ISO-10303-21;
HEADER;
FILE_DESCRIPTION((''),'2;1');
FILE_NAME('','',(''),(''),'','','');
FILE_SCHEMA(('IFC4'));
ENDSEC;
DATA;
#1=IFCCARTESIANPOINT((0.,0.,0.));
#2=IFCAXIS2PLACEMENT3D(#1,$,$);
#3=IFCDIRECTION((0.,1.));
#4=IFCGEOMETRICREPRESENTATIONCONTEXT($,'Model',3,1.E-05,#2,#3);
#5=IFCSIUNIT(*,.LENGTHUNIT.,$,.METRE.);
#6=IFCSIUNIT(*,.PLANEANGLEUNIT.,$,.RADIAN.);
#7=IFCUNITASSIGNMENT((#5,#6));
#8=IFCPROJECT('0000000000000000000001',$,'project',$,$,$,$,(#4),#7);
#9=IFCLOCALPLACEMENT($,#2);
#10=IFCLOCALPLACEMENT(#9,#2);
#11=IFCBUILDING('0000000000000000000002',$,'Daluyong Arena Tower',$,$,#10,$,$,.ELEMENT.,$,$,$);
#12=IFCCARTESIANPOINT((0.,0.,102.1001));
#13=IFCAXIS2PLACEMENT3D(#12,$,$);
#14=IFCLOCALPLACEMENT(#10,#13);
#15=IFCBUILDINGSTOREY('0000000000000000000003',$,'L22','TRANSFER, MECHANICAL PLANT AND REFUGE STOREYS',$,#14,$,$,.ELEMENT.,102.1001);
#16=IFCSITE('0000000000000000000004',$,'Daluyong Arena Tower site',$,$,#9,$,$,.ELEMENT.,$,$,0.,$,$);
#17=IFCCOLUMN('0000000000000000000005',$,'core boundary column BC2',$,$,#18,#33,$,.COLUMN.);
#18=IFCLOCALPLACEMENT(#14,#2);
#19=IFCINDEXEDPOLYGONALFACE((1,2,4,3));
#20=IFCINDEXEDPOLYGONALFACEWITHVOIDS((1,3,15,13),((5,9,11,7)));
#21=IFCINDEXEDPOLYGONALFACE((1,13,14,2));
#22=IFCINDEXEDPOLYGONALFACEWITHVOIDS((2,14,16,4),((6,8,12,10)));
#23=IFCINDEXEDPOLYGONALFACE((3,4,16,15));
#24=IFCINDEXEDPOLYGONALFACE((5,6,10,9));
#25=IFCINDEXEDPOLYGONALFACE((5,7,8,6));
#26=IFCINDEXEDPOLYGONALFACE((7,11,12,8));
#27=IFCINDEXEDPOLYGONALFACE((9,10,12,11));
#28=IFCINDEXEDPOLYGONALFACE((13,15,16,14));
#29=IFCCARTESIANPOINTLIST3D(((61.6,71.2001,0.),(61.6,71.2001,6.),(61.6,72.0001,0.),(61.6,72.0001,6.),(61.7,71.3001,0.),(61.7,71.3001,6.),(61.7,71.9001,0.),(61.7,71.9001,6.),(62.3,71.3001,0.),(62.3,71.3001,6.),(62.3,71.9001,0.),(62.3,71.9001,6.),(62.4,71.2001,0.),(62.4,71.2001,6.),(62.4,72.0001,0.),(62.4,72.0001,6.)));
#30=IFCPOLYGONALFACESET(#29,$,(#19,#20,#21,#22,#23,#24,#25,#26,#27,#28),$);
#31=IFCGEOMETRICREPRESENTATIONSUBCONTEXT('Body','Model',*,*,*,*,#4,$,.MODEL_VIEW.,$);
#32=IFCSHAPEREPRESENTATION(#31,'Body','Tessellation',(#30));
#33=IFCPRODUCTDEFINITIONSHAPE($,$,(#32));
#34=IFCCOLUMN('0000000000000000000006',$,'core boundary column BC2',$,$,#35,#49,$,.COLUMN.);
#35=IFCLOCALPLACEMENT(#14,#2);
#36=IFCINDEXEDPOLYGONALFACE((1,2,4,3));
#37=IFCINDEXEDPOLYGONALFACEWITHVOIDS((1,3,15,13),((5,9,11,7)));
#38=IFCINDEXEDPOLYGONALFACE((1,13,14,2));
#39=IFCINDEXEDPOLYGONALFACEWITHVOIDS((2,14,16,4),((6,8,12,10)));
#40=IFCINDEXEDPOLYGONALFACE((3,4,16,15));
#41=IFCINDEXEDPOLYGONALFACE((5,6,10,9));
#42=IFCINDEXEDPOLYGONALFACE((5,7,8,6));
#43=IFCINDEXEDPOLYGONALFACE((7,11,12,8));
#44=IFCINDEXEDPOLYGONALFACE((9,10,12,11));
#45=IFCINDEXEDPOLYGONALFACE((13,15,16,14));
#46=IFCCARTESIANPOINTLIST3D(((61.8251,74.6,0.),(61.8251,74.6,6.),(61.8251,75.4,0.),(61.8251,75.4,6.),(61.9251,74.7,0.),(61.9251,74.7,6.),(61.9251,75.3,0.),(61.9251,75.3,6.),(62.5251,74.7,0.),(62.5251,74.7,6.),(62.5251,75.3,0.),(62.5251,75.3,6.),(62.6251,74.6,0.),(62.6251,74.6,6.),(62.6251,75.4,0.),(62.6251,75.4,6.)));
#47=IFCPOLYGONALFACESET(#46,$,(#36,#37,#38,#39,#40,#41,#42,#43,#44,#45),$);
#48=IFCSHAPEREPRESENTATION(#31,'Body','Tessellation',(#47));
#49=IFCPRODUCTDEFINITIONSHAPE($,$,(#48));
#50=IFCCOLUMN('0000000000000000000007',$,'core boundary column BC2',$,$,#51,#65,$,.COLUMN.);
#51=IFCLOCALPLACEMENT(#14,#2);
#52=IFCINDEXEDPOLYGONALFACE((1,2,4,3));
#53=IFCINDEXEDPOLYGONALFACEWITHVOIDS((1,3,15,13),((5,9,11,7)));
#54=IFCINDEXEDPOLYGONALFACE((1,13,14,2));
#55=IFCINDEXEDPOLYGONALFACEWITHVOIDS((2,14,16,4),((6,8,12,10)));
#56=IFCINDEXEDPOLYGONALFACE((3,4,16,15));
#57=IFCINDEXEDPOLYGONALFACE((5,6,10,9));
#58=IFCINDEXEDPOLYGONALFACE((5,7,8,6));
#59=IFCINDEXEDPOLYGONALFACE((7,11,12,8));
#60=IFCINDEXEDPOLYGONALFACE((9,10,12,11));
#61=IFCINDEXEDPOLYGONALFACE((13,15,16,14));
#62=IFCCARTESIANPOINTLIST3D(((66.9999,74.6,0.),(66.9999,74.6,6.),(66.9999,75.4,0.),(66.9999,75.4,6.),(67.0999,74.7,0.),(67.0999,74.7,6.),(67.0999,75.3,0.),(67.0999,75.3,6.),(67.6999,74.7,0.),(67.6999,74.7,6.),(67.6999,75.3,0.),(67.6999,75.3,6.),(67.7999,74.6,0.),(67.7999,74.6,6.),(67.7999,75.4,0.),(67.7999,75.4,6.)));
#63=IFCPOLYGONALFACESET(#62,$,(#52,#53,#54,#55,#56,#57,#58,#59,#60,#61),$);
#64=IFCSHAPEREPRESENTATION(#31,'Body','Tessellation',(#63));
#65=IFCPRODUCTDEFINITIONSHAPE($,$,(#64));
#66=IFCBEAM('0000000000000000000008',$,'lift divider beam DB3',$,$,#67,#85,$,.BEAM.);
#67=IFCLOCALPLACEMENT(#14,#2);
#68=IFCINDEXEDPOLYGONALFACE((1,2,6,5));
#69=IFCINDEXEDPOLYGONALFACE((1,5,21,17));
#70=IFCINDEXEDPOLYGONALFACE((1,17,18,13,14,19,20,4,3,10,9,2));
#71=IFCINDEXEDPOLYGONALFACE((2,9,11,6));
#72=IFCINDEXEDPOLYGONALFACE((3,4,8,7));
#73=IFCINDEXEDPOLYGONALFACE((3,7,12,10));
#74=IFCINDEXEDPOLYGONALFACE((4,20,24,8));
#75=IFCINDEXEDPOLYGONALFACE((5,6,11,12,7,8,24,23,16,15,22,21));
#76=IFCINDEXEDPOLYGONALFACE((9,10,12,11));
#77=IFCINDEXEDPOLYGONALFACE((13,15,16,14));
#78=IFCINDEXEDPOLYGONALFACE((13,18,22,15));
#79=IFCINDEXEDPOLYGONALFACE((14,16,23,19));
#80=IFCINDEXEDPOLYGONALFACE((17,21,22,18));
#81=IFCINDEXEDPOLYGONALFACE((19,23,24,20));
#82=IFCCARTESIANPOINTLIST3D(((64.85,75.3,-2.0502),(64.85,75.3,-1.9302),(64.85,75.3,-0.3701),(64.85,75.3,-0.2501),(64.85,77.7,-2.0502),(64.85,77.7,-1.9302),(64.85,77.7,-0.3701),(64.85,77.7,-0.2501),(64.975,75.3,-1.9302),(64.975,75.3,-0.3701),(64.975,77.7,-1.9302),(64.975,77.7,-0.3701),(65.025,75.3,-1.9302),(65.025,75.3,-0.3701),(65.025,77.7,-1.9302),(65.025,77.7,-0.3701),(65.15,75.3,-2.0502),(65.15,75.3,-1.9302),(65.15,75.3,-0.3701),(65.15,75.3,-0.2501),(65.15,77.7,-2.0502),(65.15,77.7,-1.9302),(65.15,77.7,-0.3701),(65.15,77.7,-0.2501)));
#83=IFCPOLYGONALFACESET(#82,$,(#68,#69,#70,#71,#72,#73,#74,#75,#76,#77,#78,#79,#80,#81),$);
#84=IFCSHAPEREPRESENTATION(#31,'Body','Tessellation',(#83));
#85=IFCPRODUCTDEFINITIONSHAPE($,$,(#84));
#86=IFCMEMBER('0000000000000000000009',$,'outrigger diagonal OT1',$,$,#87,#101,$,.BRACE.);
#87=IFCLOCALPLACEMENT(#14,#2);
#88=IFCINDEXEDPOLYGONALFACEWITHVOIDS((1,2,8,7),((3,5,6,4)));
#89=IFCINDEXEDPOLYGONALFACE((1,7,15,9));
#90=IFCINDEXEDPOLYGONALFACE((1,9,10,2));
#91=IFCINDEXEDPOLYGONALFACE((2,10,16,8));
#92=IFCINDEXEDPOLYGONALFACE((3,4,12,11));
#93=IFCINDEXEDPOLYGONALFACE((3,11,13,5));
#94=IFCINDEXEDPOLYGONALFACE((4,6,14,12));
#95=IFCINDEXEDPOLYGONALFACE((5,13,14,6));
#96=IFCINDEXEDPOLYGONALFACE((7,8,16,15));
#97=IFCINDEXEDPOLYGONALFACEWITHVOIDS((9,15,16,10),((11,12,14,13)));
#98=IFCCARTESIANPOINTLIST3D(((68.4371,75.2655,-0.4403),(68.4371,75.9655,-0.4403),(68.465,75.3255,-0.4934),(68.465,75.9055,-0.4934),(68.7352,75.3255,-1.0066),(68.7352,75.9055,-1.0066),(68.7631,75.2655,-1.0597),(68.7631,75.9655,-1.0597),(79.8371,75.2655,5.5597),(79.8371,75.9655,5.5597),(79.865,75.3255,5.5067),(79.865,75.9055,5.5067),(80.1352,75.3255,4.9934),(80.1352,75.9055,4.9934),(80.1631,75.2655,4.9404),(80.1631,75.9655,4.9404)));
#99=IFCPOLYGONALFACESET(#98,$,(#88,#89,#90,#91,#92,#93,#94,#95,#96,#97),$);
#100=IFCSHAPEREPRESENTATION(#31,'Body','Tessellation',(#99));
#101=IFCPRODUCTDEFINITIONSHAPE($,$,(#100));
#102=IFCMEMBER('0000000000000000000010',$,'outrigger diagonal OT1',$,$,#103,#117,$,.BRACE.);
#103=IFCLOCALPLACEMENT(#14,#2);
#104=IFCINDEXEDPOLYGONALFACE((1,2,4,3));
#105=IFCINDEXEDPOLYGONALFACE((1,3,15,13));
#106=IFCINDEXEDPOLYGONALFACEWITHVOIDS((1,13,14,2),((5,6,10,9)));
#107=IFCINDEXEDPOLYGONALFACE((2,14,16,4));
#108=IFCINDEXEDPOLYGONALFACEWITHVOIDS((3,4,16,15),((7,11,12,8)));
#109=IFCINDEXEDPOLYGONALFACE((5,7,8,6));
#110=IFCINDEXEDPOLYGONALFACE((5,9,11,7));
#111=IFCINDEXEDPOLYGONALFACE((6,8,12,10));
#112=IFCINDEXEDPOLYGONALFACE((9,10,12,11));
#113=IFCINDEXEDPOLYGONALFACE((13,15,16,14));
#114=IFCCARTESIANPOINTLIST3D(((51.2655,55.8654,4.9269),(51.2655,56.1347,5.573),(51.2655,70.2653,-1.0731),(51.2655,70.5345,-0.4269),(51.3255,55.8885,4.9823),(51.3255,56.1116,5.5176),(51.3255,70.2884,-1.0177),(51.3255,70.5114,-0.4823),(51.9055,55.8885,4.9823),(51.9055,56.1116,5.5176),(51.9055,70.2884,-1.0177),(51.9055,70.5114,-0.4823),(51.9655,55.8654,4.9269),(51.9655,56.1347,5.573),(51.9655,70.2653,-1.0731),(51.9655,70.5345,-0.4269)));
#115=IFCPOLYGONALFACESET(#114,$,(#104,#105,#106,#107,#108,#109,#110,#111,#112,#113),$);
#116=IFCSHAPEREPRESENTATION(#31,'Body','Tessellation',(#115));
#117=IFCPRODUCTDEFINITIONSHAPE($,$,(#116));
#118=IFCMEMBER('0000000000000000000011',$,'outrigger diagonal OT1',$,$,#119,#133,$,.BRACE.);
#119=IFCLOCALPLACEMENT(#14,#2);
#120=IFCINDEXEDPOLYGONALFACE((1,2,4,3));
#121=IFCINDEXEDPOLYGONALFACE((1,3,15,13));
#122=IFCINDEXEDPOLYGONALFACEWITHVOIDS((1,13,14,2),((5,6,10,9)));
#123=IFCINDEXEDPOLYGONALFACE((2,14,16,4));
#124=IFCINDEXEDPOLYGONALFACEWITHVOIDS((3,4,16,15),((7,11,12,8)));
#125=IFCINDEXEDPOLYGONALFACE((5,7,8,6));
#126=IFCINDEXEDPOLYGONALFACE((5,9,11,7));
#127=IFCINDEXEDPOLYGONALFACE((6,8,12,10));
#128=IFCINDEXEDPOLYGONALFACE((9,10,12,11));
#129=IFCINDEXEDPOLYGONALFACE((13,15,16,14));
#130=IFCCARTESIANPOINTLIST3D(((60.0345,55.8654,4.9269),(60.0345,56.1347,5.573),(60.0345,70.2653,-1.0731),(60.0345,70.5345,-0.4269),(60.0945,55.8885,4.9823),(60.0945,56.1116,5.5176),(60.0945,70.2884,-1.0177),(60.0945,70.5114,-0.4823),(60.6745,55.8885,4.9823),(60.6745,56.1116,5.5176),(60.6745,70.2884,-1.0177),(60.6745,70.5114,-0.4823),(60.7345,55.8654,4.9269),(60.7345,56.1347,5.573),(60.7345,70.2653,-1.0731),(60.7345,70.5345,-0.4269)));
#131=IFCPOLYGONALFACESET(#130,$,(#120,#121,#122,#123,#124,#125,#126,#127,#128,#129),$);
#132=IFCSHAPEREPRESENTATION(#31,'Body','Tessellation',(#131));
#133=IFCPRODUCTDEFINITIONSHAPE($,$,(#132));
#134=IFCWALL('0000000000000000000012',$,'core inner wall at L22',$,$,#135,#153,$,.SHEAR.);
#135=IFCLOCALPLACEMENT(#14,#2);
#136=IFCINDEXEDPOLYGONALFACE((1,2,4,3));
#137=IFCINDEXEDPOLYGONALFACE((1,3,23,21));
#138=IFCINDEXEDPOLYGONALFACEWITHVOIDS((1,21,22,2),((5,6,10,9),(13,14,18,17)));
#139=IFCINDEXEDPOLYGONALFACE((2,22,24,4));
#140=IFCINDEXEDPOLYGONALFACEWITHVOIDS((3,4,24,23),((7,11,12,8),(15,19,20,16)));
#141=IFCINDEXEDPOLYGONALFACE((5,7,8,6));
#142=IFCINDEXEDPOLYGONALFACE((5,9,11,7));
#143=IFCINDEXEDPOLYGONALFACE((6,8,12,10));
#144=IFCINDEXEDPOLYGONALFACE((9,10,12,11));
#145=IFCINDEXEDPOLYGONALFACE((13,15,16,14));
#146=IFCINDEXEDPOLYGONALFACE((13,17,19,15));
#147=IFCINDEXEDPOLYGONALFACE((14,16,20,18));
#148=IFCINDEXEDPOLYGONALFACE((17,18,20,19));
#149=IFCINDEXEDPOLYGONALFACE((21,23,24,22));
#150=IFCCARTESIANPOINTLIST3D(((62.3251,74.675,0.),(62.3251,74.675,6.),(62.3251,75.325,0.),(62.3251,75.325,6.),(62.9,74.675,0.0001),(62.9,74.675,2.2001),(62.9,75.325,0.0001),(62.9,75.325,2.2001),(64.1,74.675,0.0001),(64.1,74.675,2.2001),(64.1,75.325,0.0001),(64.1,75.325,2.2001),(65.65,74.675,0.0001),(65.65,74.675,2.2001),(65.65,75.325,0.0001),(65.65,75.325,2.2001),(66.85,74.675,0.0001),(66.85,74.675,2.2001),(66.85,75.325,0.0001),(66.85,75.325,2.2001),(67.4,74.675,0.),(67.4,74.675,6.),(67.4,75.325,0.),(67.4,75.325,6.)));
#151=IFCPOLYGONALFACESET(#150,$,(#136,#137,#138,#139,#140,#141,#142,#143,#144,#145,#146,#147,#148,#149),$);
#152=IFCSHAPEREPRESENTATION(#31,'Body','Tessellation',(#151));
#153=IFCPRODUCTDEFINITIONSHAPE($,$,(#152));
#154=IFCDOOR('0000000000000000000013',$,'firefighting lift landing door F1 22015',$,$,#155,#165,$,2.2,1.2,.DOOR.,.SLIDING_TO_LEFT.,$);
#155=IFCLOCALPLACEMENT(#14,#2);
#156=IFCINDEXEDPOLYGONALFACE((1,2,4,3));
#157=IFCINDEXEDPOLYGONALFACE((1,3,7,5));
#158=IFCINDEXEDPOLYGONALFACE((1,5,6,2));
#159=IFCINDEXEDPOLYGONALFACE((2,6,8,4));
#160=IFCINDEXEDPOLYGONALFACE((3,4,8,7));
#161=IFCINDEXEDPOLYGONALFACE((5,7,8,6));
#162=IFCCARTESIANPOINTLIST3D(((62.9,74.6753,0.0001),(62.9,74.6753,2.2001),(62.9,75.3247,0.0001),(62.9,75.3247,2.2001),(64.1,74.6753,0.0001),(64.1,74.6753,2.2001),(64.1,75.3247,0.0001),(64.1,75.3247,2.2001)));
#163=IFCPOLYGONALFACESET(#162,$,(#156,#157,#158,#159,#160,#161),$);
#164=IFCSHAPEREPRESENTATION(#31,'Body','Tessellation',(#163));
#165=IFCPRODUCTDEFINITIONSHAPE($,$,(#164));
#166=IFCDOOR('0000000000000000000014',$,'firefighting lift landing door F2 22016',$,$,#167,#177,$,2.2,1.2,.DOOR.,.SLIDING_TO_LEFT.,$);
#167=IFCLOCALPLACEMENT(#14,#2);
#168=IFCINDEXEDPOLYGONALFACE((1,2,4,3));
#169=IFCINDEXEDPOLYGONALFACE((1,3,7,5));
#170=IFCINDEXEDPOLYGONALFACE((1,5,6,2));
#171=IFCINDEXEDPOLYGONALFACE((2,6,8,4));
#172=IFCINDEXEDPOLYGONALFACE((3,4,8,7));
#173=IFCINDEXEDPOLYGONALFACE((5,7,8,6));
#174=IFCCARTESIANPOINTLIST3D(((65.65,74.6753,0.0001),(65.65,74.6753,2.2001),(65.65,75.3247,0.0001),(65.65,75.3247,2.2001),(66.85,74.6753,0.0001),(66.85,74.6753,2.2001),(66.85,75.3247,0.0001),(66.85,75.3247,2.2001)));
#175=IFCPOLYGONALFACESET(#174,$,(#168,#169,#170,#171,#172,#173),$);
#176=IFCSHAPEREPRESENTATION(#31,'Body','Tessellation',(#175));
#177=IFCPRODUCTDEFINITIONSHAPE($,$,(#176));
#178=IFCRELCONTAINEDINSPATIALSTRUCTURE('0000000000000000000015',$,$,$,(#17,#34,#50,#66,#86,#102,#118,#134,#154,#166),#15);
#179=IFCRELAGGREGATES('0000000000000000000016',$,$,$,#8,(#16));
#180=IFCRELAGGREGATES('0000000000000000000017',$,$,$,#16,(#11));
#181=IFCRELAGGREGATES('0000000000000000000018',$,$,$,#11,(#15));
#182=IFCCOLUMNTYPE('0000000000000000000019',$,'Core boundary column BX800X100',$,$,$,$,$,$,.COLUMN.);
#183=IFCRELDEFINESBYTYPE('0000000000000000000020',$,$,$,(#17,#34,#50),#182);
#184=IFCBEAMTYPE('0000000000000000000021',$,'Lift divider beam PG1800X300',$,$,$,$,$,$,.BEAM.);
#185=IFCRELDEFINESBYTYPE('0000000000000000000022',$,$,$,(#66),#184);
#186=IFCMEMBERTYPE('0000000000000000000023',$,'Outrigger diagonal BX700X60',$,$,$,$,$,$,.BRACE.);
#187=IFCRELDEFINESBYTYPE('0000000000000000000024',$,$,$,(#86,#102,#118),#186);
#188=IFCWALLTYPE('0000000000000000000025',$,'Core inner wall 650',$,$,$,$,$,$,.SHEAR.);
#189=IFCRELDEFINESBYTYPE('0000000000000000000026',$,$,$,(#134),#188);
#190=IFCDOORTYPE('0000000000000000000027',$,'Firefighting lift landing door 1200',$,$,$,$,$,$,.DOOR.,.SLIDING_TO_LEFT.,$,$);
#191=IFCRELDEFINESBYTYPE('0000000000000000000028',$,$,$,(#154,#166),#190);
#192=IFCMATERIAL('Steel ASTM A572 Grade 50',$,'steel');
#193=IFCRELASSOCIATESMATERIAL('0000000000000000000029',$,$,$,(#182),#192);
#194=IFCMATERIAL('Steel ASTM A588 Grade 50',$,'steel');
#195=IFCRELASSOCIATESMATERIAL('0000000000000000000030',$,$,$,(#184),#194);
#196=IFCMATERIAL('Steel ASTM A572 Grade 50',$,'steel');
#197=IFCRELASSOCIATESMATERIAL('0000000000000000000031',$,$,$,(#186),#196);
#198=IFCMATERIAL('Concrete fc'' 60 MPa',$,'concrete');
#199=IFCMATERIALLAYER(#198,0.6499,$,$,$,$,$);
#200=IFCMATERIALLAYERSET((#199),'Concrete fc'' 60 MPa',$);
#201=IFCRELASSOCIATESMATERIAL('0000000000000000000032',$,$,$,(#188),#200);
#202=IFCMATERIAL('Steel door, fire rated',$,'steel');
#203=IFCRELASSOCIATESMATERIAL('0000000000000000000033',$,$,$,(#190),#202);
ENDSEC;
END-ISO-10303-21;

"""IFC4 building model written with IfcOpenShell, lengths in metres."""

from ifc_helpers import new_model, si_unit, direction, frame, frame_2d, origin, origin_2d, place, context, subcontext, project, spatial, rectangle, hollow_rectangle, i_section, extrude, material, layer, layer_set, material_profile, profile_set, type_object, element, fill, save


model = new_model("IFC4")

# Units and contexts
model_context = context("Model", 3, precision=1e-05, world=origin(), true_north=direction((0.0, 1.0)))
body_context = subcontext(model_context, "Body", "Model", "MODEL_VIEW")
ifc_project = project(units=[si_unit("LENGTHUNIT", "METRE"), si_unit("PLANEANGLEUNIT", "RADIAN")], contexts=[model_context])

# Site, building, storey
site_placement = place(None, origin())
site = spatial("IfcSite", under=ifc_project, at=site_placement, Name="Daluyong Arena Tower site", CompositionType="ELEMENT", RefElevation=0.0)
building_placement = place(site_placement, origin())
building = spatial("IfcBuilding", under=site, at=building_placement, Name="Daluyong Arena Tower", CompositionType="ELEMENT")
storey_placement = place(building_placement, frame((0.0, 0.0, 102.1001)))
storey = spatial("IfcBuildingStorey", under=building, at=storey_placement, Name="L22", Description="TRANSFER, MECHANICAL PLANT AND REFUGE STOREYS", CompositionType="ELEMENT", Elevation=102.1001)

# Columns
ifc_material_1 = material(Name="Steel ASTM A572 Grade 50", Category="steel")
ifc_material_profile_1 = material_profile(ifc_material_1, hollow_rectangle(XDim=0.8, YDim=0.8, WallThickness=0.1, at=origin_2d()))
ifc_profile_set_1 = profile_set([ifc_material_profile_1], Name="Steel ASTM A572 Grade 50")
column_type = type_object("IfcColumnType", Name="Core boundary column BX800X100", PredefinedType="COLUMN", material=ifc_profile_set_1)
for number, where, z_axis, x_axis, name in (
    (1, (62.0, 71.6001, 0.0), (0.0, 0.0, 1.0), (1.0, 0.0, 0.0), "core boundary column BC2"),
    (2, (62.2251, 75.0, 0.0), (0.0, 0.0, 1.0), (1.0, 0.0, 0.0), "core boundary column BC2"),
    (3, (67.3999, 75.0, 0.0), (0.0, 0.0, 1.0), (1.0, 0.0, 0.0), "core boundary column BC2"),
):
    element("IfcColumn", number, at=place(storey_placement, frame(where, z_axis=z_axis, x_axis=x_axis)), inside=storey, type_object=column_type, Name=name, PredefinedType="COLUMN", context=body_context, shape_type="SweptSolid", body=[
        extrude(hollow_rectangle(XDim=0.8, YDim=0.8, WallThickness=0.1, at=origin_2d()), origin(), (0.0, 0.0, 1.0), 6.0),
    ])

# Beam
ifc_material_2 = material(Name="Steel ASTM A588 Grade 50", Category="steel")
ifc_material_profile_2 = material_profile(ifc_material_2, i_section(OverallWidth=0.3, OverallDepth=1.8, WebThickness=0.05, FlangeThickness=0.12, at=origin_2d()))
ifc_profile_set_2 = profile_set([ifc_material_profile_2], Name="Steel ASTM A588 Grade 50")
beam_type = type_object("IfcBeamType", Name="Lift divider beam PG1800X300", PredefinedType="BEAM", material=ifc_profile_set_2)
beam_placement = place(storey_placement, frame((65.0, 75.3, -1.1501), z_axis=(0.0, 1.0, 0.0), x_axis=(-1.0, 0.0, 0.0)))
element("IfcBeam", 4, at=beam_placement, inside=storey, type_object=beam_type, Name="lift divider beam DB3", PredefinedType="BEAM", context=body_context, shape_type="SweptSolid", body=[
    extrude(i_section(OverallWidth=0.3, OverallDepth=1.8, WebThickness=0.05, FlangeThickness=0.12, at=origin_2d()), origin(), (0.0, 0.0, 1.0), 2.3999),
])

# Members
ifc_material_3 = material(Name="Steel ASTM A572 Grade 50", Category="steel")
ifc_material_profile_3 = material_profile(ifc_material_3, hollow_rectangle(XDim=0.7, YDim=0.7, WallThickness=0.06, at=origin_2d()))
ifc_profile_set_3 = profile_set([ifc_material_profile_3], Name="Steel ASTM A572 Grade 50")
member_type = type_object("IfcMemberType", Name="Outrigger diagonal BX700X60", PredefinedType="BRACE", material=ifc_profile_set_3)
member_placement = place(storey_placement, frame((68.6001, 75.6155, -0.75), z_axis=(0.884917, 0.0, 0.46575), x_axis=(0.0, 1.0, 0.0)))
element("IfcMember", 5, at=member_placement, inside=storey, type_object=member_type, Name="outrigger diagonal OT1", PredefinedType="BRACE", context=body_context, shape_type="SweptSolid", body=[
    extrude(hollow_rectangle(XDim=0.7, YDim=0.7, WallThickness=0.06, at=origin_2d()), origin(), (0.0, 0.0, 1.0), 12.8826),
])
for number, where, z_axis, x_axis, name in (
    (6, (51.6155, 70.3999, -0.75), (0.0, -0.923076, 0.384618), (1.0, 0.0, 0.0), "outrigger diagonal OT1"),
    (7, (60.3845, 70.3999, -0.75), (0.0, -0.923076, 0.384618), (1.0, 0.0, 0.0), "outrigger diagonal OT1"),
):
    element("IfcMember", number, at=place(storey_placement, frame(where, z_axis=z_axis, x_axis=x_axis)), inside=storey, type_object=member_type, Name=name, PredefinedType="BRACE", context=body_context, shape_type="SweptSolid", body=[
        extrude(hollow_rectangle(XDim=0.7, YDim=0.7, WallThickness=0.06, at=origin_2d()), origin(), (0.0, 0.0, 1.0), 15.5999),
    ])

# Shared definitions
ifc_material_4 = material(Name="Concrete fc' 60 MPa", Category="concrete")
ifc_layer_1 = layer(ifc_material_4, 0.6499)
ifc_layer_set_1 = layer_set([ifc_layer_1], Name="Concrete fc' 60 MPa")
wall_type_1 = type_object("IfcWallType", Name="Core inner wall 650", PredefinedType="SHEAR", material=ifc_layer_set_1)

# Wall, openings, doors
wall_1_placement = place(storey_placement, frame((62.325, 75.0, 0.0), z_axis=(0.0, 0.0, 1.0), x_axis=(1.0, 0.0, 0.0)))
wall_1 = element("IfcWall", 8, at=wall_1_placement, inside=storey, type_object=wall_type_1, Name="core inner wall at L22", PredefinedType="SHEAR", context=body_context, shape_type="SweptSolid", body=[
    extrude(rectangle(XDim=5.075, YDim=0.6499, at=frame_2d((2.5376, 0.0))), origin(), (0.0, 0.0, 1.0), 6.0),
])
opening_1_placement = place(wall_1_placement, frame((0.575, 0.0, 0.0)))
opening_1 = element("IfcOpeningElement", 9, at=opening_1_placement, cuts=wall_1, PredefinedType="OPENING", context=body_context, shape_type="SweptSolid", body=[
    extrude(rectangle(XDim=1.2, YDim=2.2, at=frame_2d((0.6001, 1.1001))), frame((0.0, 0.335, 0.0), z_axis=(0.0, -1.0, 0.0), x_axis=(1.0, 0.0, 0.0)), (0.0, 0.0, 1.0), 0.6699),
])
opening_2_placement = place(wall_1_placement, frame((3.325, 0.0, 0.0)))
opening_2 = element("IfcOpeningElement", 10, at=opening_2_placement, cuts=wall_1, PredefinedType="OPENING", context=body_context, shape_type="SweptSolid", body=[
    extrude(rectangle(XDim=1.2, YDim=2.2, at=frame_2d((0.6001, 1.1001))), frame((0.0, 0.335, 0.0), z_axis=(0.0, -1.0, 0.0), x_axis=(1.0, 0.0, 0.0)), (0.0, 0.0, 1.0), 0.6699),
])
ifc_material_5 = material(Name="Steel door, fire rated", Category="steel")
door_type_1 = type_object("IfcDoorType", Name="Firefighting lift landing door 1200", OperationType="SLIDING_TO_LEFT", PredefinedType="DOOR", material=ifc_material_5)
door_1_placement = place(opening_1_placement, origin())
door_1 = element("IfcDoor", 11, at=door_1_placement, inside=storey, type_object=door_type_1, Name="firefighting lift landing door F1 22015", OperationType="SLIDING_TO_LEFT", OverallHeight=2.2, OverallWidth=1.2, PredefinedType="DOOR", context=body_context, shape_type="SweptSolid", body=[
    extrude(rectangle(XDim=1.2, YDim=2.2, at=frame_2d((0.6001, 1.1001))), frame((0.0, 0.3247, 0.0), z_axis=(0.0, -1.0, 0.0), x_axis=(1.0, 0.0, 0.0)), (0.0, 0.0, 1.0), 0.6494),
])
fill(opening_1, door_1)
door_2_placement = place(opening_2_placement, origin())
door_2 = element("IfcDoor", 12, at=door_2_placement, inside=storey, type_object=door_type_1, Name="firefighting lift landing door F2 22016", OperationType="SLIDING_TO_LEFT", OverallHeight=2.2, OverallWidth=1.2, PredefinedType="DOOR", context=body_context, shape_type="SweptSolid", body=[
    extrude(rectangle(XDim=1.2, YDim=2.2, at=frame_2d((0.6001, 1.1001))), frame((0.0, 0.3247, 0.0), z_axis=(0.0, -1.0, 0.0), x_axis=(1.0, 0.0, 0.0)), (0.0, 0.0, 1.0), 0.6494),
])
fill(opening_2, door_2)

save(model, "model.ifc")
